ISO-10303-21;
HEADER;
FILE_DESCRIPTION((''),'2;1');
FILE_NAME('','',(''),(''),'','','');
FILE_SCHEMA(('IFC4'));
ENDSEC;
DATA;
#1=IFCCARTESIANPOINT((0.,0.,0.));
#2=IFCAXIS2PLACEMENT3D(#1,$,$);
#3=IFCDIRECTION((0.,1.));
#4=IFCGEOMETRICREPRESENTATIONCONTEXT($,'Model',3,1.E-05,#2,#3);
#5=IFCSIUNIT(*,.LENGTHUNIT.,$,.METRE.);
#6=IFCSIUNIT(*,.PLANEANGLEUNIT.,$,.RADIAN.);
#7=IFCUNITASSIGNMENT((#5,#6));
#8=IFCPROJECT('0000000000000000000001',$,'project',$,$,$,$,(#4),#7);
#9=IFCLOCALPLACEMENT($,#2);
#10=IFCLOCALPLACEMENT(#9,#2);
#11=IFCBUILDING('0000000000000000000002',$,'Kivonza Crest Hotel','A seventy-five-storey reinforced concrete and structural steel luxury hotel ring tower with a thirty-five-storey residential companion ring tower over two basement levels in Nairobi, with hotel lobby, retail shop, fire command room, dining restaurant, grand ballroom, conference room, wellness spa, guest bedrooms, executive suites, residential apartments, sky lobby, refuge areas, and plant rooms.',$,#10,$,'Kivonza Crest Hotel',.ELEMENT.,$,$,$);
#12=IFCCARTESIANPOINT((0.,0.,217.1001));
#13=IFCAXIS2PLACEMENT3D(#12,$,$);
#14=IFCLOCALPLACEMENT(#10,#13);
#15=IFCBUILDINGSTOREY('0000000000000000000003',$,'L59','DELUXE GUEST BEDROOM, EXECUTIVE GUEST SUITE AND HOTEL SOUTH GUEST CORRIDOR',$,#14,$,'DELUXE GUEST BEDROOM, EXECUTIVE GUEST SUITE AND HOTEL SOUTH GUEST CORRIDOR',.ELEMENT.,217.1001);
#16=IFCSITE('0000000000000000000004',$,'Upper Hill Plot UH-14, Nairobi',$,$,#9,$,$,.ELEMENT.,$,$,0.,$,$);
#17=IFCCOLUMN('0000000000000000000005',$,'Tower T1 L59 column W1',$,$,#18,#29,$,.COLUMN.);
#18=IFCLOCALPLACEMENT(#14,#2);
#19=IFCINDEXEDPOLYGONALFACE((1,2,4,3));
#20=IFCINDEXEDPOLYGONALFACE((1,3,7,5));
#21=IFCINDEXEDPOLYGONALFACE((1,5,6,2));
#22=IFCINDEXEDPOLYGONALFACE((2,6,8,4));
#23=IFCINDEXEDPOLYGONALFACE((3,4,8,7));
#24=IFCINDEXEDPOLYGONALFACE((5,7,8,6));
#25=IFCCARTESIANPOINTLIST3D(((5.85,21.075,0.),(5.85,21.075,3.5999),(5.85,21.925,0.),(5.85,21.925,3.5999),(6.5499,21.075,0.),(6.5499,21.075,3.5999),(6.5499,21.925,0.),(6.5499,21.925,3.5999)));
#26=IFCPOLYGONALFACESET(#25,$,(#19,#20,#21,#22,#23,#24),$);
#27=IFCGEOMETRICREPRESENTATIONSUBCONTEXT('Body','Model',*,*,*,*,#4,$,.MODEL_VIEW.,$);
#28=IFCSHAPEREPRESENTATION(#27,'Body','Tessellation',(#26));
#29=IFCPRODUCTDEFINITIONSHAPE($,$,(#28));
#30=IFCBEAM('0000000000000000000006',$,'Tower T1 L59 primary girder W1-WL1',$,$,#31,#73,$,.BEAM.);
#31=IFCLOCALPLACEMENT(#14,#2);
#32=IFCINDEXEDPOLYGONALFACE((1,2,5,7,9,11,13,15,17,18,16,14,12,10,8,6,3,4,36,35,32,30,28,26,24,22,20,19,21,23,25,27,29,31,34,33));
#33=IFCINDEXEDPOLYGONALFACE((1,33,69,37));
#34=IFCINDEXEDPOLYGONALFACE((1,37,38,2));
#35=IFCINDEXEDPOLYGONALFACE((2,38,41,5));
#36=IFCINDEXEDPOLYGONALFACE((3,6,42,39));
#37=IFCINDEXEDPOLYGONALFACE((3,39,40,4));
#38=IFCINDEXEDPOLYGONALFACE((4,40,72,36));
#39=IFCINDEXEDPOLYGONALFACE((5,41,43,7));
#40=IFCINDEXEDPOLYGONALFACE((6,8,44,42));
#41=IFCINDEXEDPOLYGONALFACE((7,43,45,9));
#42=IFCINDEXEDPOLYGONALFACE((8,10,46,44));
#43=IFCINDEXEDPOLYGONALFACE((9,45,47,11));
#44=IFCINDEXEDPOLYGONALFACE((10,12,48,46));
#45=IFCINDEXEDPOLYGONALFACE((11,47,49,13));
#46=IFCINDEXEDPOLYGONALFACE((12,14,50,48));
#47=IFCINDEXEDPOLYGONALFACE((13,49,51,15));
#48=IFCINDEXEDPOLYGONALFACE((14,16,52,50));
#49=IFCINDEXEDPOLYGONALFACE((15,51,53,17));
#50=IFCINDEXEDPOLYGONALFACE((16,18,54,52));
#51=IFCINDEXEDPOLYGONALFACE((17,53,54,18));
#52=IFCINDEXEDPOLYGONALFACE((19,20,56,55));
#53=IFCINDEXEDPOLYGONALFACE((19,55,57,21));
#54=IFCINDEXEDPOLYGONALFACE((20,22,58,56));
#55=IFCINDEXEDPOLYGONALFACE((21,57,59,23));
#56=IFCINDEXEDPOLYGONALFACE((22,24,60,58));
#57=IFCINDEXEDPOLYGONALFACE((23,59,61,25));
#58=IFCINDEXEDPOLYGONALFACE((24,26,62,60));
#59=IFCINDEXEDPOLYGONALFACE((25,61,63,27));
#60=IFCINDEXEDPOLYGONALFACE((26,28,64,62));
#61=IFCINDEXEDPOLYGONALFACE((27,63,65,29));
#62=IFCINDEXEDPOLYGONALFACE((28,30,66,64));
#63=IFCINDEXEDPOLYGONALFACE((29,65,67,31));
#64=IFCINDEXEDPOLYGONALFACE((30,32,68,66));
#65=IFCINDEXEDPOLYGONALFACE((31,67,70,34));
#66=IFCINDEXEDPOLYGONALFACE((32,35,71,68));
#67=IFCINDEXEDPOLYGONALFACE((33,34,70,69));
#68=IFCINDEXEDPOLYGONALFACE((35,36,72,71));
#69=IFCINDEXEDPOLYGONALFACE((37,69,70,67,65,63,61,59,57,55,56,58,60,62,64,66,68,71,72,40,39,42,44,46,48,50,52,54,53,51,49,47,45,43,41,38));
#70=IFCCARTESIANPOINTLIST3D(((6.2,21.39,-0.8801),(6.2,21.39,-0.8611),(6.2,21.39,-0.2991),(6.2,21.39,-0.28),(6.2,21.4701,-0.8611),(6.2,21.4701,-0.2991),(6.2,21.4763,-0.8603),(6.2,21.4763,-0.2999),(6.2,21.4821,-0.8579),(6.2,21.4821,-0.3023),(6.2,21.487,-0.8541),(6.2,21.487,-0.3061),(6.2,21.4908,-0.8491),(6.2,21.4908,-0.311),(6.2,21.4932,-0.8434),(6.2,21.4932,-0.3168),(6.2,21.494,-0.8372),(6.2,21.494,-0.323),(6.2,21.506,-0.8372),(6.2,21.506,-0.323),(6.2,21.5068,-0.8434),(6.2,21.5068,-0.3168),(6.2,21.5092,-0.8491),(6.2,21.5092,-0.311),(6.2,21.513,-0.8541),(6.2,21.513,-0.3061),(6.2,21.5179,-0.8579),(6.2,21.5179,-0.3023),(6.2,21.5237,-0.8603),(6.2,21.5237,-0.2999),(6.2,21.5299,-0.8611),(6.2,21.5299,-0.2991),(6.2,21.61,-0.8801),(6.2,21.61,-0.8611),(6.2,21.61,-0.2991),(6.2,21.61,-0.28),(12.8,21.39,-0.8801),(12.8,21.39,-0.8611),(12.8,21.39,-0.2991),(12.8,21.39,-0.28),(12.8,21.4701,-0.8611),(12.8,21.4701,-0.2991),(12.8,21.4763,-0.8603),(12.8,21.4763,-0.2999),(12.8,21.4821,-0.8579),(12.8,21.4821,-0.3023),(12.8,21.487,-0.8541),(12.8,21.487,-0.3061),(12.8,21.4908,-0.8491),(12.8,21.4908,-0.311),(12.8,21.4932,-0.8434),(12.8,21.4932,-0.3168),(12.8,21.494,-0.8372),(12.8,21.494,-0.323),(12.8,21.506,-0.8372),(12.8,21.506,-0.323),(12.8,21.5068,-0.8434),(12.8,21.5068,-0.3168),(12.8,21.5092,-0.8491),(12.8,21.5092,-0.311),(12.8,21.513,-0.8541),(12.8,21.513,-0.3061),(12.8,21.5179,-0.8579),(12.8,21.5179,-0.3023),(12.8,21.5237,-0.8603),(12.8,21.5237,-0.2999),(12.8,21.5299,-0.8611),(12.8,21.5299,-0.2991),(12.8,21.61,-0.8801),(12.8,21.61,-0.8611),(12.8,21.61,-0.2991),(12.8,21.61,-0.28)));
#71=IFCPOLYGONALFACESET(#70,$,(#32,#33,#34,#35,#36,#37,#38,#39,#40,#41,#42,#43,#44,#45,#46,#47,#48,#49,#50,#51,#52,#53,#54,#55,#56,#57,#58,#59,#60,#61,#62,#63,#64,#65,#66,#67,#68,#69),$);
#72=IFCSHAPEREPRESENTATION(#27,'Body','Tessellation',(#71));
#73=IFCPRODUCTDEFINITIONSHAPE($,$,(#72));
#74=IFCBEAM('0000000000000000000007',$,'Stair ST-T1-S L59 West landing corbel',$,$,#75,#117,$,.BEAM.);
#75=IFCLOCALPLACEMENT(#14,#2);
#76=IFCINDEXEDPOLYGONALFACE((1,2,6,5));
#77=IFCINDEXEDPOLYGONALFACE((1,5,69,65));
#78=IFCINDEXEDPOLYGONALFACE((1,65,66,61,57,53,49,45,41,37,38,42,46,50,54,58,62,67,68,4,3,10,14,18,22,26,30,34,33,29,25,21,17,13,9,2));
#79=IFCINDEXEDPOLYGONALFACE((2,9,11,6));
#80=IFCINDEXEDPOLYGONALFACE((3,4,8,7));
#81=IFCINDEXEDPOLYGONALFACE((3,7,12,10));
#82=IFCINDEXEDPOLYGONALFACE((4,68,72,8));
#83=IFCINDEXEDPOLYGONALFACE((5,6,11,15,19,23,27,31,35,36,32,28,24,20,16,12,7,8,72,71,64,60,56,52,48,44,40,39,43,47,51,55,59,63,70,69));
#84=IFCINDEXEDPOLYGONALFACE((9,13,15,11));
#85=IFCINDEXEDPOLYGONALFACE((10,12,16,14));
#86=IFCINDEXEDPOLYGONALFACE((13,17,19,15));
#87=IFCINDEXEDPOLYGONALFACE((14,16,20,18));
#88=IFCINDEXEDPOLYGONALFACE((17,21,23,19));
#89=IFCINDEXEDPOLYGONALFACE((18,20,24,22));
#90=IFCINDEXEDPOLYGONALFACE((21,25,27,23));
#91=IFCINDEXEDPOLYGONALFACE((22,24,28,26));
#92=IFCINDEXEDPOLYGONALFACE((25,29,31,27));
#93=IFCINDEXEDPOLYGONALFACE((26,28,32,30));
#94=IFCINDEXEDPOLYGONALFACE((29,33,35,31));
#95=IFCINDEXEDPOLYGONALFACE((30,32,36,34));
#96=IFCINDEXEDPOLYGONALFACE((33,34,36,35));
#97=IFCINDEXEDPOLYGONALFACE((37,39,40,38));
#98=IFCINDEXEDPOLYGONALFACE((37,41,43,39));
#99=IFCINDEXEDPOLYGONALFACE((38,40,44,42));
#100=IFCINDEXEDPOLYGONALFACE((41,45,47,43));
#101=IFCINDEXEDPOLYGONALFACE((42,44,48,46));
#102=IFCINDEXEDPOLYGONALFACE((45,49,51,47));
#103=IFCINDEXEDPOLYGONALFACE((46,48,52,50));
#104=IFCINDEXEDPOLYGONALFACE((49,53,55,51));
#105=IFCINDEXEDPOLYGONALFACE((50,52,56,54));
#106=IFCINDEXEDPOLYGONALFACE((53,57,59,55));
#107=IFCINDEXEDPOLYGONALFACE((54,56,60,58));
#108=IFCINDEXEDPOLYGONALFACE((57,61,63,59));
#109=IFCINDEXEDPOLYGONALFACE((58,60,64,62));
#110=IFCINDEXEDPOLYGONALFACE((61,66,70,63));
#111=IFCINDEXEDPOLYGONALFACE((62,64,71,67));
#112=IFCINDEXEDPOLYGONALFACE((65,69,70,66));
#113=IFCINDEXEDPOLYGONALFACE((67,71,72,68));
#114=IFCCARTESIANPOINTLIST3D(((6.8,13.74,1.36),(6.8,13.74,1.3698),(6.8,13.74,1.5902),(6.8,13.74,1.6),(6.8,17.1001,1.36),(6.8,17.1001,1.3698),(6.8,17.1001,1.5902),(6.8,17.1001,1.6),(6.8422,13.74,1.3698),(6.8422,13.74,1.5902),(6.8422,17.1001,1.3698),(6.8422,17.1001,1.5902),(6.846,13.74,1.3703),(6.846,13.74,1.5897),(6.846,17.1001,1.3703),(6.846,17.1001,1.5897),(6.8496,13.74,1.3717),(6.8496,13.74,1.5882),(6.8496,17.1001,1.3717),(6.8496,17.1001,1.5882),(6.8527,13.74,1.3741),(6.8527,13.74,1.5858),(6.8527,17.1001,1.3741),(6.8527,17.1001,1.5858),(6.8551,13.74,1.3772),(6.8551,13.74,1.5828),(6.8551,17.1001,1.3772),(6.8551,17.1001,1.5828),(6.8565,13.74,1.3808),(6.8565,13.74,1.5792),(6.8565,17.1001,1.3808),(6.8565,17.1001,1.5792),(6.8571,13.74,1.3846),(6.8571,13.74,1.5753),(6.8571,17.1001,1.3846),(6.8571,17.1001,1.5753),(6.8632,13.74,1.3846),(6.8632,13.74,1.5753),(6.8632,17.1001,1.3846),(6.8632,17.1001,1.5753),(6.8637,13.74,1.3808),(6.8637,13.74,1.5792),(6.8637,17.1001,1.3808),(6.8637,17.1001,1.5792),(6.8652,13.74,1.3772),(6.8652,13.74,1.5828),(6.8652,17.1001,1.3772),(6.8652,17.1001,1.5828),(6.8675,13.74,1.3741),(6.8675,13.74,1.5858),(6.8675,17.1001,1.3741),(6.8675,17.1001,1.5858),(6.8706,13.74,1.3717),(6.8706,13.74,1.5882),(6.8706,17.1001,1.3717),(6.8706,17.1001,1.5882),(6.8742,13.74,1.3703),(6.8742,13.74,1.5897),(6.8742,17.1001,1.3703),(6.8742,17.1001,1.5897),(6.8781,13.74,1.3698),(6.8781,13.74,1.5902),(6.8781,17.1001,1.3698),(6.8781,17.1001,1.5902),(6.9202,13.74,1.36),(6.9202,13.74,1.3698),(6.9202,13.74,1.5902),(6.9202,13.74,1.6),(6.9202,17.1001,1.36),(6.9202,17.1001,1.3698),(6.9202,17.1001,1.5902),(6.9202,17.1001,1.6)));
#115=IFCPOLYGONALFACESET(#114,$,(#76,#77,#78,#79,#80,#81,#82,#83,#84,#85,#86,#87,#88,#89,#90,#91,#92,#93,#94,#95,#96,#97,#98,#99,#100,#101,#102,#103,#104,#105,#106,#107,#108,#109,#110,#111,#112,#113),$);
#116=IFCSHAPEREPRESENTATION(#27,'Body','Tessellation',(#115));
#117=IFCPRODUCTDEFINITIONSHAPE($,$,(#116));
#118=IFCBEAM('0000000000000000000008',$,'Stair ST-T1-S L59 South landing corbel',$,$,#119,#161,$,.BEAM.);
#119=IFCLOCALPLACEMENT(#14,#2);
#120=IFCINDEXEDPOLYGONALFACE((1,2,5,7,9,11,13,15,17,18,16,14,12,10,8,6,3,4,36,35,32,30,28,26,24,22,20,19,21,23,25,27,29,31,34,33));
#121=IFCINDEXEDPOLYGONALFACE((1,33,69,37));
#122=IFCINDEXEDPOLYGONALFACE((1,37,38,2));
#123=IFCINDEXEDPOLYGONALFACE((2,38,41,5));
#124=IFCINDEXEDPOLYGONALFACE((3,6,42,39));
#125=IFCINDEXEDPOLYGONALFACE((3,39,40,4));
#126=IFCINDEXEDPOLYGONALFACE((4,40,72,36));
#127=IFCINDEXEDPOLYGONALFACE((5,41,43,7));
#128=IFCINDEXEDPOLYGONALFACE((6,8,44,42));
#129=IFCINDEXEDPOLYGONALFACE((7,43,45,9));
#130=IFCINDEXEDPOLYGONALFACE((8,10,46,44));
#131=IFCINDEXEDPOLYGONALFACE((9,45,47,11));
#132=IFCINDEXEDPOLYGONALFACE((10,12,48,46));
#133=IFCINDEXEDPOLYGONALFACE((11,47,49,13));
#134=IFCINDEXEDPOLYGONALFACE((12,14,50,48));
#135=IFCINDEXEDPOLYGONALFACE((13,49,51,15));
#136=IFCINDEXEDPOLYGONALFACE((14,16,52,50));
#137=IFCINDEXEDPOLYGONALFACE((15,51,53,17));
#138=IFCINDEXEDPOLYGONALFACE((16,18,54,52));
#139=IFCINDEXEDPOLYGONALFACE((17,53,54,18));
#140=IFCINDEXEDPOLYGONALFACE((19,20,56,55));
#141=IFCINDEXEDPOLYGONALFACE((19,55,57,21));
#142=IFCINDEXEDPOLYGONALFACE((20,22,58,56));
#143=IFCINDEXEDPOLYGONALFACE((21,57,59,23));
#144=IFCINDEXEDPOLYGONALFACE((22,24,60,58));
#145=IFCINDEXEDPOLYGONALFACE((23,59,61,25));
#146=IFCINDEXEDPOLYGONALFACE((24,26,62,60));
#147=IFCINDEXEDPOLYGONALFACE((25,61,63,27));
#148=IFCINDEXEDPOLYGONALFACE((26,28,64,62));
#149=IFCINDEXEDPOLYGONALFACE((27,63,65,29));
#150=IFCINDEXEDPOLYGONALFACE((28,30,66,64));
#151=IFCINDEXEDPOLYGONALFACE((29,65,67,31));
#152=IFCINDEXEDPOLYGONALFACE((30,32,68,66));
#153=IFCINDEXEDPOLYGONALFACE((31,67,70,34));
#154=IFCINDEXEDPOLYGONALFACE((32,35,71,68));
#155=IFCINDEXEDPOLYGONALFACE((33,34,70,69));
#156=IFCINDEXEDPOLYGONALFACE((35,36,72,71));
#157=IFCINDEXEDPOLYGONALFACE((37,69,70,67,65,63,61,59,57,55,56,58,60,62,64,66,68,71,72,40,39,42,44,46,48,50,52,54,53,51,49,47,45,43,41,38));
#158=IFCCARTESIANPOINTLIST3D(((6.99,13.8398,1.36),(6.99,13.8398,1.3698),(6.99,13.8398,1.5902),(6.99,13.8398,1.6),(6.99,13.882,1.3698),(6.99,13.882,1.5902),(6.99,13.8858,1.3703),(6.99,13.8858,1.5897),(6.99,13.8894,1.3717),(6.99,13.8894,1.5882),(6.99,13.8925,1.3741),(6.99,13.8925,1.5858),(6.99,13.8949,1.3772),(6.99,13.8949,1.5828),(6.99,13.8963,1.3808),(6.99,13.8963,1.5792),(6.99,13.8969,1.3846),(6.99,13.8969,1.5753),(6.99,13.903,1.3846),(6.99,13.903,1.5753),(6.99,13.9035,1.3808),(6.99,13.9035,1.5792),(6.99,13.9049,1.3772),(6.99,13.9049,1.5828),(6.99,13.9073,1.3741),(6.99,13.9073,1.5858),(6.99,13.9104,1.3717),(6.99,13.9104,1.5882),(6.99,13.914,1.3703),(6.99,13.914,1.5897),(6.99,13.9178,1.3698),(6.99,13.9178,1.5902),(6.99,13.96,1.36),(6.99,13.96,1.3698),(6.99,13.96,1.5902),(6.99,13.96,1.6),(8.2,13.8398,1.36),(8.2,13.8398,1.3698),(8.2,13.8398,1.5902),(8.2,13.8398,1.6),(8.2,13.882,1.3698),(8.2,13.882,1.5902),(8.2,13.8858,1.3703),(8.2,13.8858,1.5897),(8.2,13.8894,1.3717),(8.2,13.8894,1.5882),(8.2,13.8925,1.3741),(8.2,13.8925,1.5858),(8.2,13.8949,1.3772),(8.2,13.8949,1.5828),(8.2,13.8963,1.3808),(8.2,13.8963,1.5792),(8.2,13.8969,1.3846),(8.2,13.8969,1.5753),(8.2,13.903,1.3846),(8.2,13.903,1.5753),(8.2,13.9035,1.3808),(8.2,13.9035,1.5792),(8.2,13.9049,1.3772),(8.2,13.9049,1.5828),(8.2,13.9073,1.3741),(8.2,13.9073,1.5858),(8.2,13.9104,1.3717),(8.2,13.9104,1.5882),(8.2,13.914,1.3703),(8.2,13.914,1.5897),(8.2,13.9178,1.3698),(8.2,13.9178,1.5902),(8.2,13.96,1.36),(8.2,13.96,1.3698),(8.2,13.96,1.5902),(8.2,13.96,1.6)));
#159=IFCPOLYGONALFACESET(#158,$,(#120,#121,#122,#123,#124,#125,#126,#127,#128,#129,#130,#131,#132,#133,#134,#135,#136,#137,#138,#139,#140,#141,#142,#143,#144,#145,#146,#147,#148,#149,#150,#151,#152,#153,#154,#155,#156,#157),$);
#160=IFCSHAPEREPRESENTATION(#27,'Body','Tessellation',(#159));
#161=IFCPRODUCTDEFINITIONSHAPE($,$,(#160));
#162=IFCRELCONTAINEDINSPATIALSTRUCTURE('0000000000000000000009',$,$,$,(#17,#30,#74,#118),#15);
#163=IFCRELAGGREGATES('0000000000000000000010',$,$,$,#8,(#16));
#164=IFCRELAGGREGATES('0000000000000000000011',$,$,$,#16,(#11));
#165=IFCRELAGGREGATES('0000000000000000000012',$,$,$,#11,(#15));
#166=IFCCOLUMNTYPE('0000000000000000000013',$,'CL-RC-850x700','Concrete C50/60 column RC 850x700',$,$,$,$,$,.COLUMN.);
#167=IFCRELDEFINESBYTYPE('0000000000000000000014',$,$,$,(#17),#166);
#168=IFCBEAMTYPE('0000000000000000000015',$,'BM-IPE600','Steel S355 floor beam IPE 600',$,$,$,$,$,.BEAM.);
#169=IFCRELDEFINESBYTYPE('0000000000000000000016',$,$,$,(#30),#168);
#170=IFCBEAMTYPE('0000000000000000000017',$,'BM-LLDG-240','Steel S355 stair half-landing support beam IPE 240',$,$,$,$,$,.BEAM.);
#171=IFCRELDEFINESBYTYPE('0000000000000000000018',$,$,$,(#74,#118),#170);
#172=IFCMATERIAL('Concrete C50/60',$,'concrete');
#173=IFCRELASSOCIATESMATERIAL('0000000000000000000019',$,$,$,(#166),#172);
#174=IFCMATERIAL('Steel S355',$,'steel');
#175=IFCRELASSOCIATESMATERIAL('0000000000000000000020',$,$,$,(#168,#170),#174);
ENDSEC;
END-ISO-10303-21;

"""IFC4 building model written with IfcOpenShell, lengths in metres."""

from ifc_helpers import new_model, si_unit, direction, frame, origin, origin_2d, place, context, subcontext, project, spatial, rectangle, i_section, extrude, material, material_profile, profile_set, type_object, element, save


model = new_model("IFC4")

# Units and contexts
model_context = context("Model", 3, precision=1e-05, world=origin(), true_north=direction((0.0, 1.0)))
body_context = subcontext(model_context, "Body", "Model", "MODEL_VIEW")
ifc_project = project(units=[si_unit("LENGTHUNIT", "METRE"), si_unit("PLANEANGLEUNIT", "RADIAN")], contexts=[model_context])

# Site, building, storey
site_placement = place(None, origin())
site = spatial("IfcSite", under=ifc_project, at=site_placement, Name="Upper Hill Plot UH-14, Nairobi", CompositionType="ELEMENT", RefElevation=0.0)
building_placement = place(site_placement, origin())
building = spatial("IfcBuilding", under=site, at=building_placement, Name="Kivonza Crest Hotel", Description="A seventy-five-storey reinforced concrete and structural steel luxury hotel ring tower with a thirty-five-storey residential companion ring tower over two basement levels in Nairobi, with hotel lobby, retail shop, fire command room, dining restaurant, grand ballroom, conference room, wellness spa, guest bedrooms, executive suites, residential apartments, sky lobby, refuge areas, and plant rooms.", LongName="Kivonza Crest Hotel", CompositionType="ELEMENT")
storey_placement = place(building_placement, frame((0.0, 0.0, 217.1001)))
storey = spatial("IfcBuildingStorey", under=building, at=storey_placement, Name="L59", Description="DELUXE GUEST BEDROOM, EXECUTIVE GUEST SUITE AND HOTEL SOUTH GUEST CORRIDOR", LongName="DELUXE GUEST BEDROOM, EXECUTIVE GUEST SUITE AND HOTEL SOUTH GUEST CORRIDOR", CompositionType="ELEMENT", Elevation=217.1001)

# Column
ifc_material_1 = material(Name="Concrete C50/60", Category="concrete")
ifc_material_profile_1 = material_profile(ifc_material_1, rectangle(XDim=0.7, YDim=0.8501, at=origin_2d()), Name="RC 850x700")
ifc_profile_set_1 = profile_set([ifc_material_profile_1], Name="Concrete C50/60")
column_type = type_object("IfcColumnType", Name="CL-RC-850x700", Description="Concrete C50/60 column RC 850x700", PredefinedType="COLUMN", material=ifc_profile_set_1)
column_placement = place(storey_placement, frame((6.2, 21.5, 0.0), z_axis=(0.0, 0.0, 1.0), x_axis=(1.0, 0.0, 0.0)))
element("IfcColumn", 1, at=column_placement, inside=storey, type_object=column_type, Name="Tower T1 L59 column W1", PredefinedType="COLUMN", context=body_context, shape_type="SweptSolid", body=[
    extrude(rectangle(XDim=0.7, YDim=0.8501, at=origin_2d()), origin(), (0.0, 0.0, 1.0), 3.5999),
])

# Beams
ifc_material_2 = material(Name="Steel S355", Category="steel")
ifc_material_profile_2 = material_profile(ifc_material_2, i_section(OverallWidth=0.22, OverallDepth=0.6001, WebThickness=0.012, FlangeThickness=0.019, FilletRadius=0.0239, at=origin_2d()), Name="IPE 600")
ifc_profile_set_2 = profile_set([ifc_material_profile_2], Name="Steel S355")
beam_type_1 = type_object("IfcBeamType", Name="BM-IPE600", Description="Steel S355 floor beam IPE 600", PredefinedType="BEAM", material=ifc_profile_set_2)
beam_1_placement = place(storey_placement, frame((6.2, 21.5, -0.5801), z_axis=(1.0, 0.0, 0.0), x_axis=(0.0, 1.0, 0.0)))
element("IfcBeam", 2, at=beam_1_placement, inside=storey, type_object=beam_type_1, Name="Tower T1 L59 primary girder W1-WL1", PredefinedType="BEAM", context=body_context, shape_type="SweptSolid", body=[
    extrude(i_section(OverallWidth=0.22, OverallDepth=0.6001, WebThickness=0.012, FlangeThickness=0.019, FilletRadius=0.0239, at=origin_2d()), origin(), (0.0, 0.0, 1.0), 6.6001),
])
ifc_material_profile_3 = material_profile(ifc_material_2, i_section(OverallWidth=0.1201, OverallDepth=0.24, WebThickness=0.0061, FlangeThickness=0.0098, FilletRadius=0.0149, at=origin_2d()), Name="IPE 240")
ifc_profile_set_3 = profile_set([ifc_material_profile_3], Name="Steel S355")
beam_type_2 = type_object("IfcBeamType", Name="BM-LLDG-240", Description="Steel S355 stair half-landing support beam IPE 240", PredefinedType="BEAM", material=ifc_profile_set_3)
beam_2_placement = place(storey_placement, frame((6.8601, 13.74, 1.48), z_axis=(0.0, 1.0, 0.0), x_axis=(-1.0, 0.0, 0.0)))
element("IfcBeam", 3, at=beam_2_placement, inside=storey, type_object=beam_type_2, Name="Stair ST-T1-S L59 West landing corbel", PredefinedType="BEAM", context=body_context, shape_type="SweptSolid", body=[
    extrude(i_section(OverallWidth=0.1201, OverallDepth=0.24, WebThickness=0.0061, FlangeThickness=0.0098, FilletRadius=0.0149, at=origin_2d()), origin(), (0.0, 0.0, 1.0), 3.3601),
])
for number, where, z_axis, x_axis, name in (
    (4, (6.99, 13.8999, 1.48), (1.0, 0.0, 0.0), (0.0, 1.0, 0.0), "Stair ST-T1-S L59 South landing corbel"),
):
    element("IfcBeam", number, at=place(storey_placement, frame(where, z_axis=z_axis, x_axis=x_axis)), inside=storey, type_object=beam_type_2, Name=name, PredefinedType="BEAM", context=body_context, shape_type="SweptSolid", body=[
        extrude(i_section(OverallWidth=0.1201, OverallDepth=0.24, WebThickness=0.0061, FlangeThickness=0.0098, FilletRadius=0.0149, at=origin_2d()), origin(), (0.0, 0.0, 1.0), 1.21),
    ])

save(model, "model.ifc")
